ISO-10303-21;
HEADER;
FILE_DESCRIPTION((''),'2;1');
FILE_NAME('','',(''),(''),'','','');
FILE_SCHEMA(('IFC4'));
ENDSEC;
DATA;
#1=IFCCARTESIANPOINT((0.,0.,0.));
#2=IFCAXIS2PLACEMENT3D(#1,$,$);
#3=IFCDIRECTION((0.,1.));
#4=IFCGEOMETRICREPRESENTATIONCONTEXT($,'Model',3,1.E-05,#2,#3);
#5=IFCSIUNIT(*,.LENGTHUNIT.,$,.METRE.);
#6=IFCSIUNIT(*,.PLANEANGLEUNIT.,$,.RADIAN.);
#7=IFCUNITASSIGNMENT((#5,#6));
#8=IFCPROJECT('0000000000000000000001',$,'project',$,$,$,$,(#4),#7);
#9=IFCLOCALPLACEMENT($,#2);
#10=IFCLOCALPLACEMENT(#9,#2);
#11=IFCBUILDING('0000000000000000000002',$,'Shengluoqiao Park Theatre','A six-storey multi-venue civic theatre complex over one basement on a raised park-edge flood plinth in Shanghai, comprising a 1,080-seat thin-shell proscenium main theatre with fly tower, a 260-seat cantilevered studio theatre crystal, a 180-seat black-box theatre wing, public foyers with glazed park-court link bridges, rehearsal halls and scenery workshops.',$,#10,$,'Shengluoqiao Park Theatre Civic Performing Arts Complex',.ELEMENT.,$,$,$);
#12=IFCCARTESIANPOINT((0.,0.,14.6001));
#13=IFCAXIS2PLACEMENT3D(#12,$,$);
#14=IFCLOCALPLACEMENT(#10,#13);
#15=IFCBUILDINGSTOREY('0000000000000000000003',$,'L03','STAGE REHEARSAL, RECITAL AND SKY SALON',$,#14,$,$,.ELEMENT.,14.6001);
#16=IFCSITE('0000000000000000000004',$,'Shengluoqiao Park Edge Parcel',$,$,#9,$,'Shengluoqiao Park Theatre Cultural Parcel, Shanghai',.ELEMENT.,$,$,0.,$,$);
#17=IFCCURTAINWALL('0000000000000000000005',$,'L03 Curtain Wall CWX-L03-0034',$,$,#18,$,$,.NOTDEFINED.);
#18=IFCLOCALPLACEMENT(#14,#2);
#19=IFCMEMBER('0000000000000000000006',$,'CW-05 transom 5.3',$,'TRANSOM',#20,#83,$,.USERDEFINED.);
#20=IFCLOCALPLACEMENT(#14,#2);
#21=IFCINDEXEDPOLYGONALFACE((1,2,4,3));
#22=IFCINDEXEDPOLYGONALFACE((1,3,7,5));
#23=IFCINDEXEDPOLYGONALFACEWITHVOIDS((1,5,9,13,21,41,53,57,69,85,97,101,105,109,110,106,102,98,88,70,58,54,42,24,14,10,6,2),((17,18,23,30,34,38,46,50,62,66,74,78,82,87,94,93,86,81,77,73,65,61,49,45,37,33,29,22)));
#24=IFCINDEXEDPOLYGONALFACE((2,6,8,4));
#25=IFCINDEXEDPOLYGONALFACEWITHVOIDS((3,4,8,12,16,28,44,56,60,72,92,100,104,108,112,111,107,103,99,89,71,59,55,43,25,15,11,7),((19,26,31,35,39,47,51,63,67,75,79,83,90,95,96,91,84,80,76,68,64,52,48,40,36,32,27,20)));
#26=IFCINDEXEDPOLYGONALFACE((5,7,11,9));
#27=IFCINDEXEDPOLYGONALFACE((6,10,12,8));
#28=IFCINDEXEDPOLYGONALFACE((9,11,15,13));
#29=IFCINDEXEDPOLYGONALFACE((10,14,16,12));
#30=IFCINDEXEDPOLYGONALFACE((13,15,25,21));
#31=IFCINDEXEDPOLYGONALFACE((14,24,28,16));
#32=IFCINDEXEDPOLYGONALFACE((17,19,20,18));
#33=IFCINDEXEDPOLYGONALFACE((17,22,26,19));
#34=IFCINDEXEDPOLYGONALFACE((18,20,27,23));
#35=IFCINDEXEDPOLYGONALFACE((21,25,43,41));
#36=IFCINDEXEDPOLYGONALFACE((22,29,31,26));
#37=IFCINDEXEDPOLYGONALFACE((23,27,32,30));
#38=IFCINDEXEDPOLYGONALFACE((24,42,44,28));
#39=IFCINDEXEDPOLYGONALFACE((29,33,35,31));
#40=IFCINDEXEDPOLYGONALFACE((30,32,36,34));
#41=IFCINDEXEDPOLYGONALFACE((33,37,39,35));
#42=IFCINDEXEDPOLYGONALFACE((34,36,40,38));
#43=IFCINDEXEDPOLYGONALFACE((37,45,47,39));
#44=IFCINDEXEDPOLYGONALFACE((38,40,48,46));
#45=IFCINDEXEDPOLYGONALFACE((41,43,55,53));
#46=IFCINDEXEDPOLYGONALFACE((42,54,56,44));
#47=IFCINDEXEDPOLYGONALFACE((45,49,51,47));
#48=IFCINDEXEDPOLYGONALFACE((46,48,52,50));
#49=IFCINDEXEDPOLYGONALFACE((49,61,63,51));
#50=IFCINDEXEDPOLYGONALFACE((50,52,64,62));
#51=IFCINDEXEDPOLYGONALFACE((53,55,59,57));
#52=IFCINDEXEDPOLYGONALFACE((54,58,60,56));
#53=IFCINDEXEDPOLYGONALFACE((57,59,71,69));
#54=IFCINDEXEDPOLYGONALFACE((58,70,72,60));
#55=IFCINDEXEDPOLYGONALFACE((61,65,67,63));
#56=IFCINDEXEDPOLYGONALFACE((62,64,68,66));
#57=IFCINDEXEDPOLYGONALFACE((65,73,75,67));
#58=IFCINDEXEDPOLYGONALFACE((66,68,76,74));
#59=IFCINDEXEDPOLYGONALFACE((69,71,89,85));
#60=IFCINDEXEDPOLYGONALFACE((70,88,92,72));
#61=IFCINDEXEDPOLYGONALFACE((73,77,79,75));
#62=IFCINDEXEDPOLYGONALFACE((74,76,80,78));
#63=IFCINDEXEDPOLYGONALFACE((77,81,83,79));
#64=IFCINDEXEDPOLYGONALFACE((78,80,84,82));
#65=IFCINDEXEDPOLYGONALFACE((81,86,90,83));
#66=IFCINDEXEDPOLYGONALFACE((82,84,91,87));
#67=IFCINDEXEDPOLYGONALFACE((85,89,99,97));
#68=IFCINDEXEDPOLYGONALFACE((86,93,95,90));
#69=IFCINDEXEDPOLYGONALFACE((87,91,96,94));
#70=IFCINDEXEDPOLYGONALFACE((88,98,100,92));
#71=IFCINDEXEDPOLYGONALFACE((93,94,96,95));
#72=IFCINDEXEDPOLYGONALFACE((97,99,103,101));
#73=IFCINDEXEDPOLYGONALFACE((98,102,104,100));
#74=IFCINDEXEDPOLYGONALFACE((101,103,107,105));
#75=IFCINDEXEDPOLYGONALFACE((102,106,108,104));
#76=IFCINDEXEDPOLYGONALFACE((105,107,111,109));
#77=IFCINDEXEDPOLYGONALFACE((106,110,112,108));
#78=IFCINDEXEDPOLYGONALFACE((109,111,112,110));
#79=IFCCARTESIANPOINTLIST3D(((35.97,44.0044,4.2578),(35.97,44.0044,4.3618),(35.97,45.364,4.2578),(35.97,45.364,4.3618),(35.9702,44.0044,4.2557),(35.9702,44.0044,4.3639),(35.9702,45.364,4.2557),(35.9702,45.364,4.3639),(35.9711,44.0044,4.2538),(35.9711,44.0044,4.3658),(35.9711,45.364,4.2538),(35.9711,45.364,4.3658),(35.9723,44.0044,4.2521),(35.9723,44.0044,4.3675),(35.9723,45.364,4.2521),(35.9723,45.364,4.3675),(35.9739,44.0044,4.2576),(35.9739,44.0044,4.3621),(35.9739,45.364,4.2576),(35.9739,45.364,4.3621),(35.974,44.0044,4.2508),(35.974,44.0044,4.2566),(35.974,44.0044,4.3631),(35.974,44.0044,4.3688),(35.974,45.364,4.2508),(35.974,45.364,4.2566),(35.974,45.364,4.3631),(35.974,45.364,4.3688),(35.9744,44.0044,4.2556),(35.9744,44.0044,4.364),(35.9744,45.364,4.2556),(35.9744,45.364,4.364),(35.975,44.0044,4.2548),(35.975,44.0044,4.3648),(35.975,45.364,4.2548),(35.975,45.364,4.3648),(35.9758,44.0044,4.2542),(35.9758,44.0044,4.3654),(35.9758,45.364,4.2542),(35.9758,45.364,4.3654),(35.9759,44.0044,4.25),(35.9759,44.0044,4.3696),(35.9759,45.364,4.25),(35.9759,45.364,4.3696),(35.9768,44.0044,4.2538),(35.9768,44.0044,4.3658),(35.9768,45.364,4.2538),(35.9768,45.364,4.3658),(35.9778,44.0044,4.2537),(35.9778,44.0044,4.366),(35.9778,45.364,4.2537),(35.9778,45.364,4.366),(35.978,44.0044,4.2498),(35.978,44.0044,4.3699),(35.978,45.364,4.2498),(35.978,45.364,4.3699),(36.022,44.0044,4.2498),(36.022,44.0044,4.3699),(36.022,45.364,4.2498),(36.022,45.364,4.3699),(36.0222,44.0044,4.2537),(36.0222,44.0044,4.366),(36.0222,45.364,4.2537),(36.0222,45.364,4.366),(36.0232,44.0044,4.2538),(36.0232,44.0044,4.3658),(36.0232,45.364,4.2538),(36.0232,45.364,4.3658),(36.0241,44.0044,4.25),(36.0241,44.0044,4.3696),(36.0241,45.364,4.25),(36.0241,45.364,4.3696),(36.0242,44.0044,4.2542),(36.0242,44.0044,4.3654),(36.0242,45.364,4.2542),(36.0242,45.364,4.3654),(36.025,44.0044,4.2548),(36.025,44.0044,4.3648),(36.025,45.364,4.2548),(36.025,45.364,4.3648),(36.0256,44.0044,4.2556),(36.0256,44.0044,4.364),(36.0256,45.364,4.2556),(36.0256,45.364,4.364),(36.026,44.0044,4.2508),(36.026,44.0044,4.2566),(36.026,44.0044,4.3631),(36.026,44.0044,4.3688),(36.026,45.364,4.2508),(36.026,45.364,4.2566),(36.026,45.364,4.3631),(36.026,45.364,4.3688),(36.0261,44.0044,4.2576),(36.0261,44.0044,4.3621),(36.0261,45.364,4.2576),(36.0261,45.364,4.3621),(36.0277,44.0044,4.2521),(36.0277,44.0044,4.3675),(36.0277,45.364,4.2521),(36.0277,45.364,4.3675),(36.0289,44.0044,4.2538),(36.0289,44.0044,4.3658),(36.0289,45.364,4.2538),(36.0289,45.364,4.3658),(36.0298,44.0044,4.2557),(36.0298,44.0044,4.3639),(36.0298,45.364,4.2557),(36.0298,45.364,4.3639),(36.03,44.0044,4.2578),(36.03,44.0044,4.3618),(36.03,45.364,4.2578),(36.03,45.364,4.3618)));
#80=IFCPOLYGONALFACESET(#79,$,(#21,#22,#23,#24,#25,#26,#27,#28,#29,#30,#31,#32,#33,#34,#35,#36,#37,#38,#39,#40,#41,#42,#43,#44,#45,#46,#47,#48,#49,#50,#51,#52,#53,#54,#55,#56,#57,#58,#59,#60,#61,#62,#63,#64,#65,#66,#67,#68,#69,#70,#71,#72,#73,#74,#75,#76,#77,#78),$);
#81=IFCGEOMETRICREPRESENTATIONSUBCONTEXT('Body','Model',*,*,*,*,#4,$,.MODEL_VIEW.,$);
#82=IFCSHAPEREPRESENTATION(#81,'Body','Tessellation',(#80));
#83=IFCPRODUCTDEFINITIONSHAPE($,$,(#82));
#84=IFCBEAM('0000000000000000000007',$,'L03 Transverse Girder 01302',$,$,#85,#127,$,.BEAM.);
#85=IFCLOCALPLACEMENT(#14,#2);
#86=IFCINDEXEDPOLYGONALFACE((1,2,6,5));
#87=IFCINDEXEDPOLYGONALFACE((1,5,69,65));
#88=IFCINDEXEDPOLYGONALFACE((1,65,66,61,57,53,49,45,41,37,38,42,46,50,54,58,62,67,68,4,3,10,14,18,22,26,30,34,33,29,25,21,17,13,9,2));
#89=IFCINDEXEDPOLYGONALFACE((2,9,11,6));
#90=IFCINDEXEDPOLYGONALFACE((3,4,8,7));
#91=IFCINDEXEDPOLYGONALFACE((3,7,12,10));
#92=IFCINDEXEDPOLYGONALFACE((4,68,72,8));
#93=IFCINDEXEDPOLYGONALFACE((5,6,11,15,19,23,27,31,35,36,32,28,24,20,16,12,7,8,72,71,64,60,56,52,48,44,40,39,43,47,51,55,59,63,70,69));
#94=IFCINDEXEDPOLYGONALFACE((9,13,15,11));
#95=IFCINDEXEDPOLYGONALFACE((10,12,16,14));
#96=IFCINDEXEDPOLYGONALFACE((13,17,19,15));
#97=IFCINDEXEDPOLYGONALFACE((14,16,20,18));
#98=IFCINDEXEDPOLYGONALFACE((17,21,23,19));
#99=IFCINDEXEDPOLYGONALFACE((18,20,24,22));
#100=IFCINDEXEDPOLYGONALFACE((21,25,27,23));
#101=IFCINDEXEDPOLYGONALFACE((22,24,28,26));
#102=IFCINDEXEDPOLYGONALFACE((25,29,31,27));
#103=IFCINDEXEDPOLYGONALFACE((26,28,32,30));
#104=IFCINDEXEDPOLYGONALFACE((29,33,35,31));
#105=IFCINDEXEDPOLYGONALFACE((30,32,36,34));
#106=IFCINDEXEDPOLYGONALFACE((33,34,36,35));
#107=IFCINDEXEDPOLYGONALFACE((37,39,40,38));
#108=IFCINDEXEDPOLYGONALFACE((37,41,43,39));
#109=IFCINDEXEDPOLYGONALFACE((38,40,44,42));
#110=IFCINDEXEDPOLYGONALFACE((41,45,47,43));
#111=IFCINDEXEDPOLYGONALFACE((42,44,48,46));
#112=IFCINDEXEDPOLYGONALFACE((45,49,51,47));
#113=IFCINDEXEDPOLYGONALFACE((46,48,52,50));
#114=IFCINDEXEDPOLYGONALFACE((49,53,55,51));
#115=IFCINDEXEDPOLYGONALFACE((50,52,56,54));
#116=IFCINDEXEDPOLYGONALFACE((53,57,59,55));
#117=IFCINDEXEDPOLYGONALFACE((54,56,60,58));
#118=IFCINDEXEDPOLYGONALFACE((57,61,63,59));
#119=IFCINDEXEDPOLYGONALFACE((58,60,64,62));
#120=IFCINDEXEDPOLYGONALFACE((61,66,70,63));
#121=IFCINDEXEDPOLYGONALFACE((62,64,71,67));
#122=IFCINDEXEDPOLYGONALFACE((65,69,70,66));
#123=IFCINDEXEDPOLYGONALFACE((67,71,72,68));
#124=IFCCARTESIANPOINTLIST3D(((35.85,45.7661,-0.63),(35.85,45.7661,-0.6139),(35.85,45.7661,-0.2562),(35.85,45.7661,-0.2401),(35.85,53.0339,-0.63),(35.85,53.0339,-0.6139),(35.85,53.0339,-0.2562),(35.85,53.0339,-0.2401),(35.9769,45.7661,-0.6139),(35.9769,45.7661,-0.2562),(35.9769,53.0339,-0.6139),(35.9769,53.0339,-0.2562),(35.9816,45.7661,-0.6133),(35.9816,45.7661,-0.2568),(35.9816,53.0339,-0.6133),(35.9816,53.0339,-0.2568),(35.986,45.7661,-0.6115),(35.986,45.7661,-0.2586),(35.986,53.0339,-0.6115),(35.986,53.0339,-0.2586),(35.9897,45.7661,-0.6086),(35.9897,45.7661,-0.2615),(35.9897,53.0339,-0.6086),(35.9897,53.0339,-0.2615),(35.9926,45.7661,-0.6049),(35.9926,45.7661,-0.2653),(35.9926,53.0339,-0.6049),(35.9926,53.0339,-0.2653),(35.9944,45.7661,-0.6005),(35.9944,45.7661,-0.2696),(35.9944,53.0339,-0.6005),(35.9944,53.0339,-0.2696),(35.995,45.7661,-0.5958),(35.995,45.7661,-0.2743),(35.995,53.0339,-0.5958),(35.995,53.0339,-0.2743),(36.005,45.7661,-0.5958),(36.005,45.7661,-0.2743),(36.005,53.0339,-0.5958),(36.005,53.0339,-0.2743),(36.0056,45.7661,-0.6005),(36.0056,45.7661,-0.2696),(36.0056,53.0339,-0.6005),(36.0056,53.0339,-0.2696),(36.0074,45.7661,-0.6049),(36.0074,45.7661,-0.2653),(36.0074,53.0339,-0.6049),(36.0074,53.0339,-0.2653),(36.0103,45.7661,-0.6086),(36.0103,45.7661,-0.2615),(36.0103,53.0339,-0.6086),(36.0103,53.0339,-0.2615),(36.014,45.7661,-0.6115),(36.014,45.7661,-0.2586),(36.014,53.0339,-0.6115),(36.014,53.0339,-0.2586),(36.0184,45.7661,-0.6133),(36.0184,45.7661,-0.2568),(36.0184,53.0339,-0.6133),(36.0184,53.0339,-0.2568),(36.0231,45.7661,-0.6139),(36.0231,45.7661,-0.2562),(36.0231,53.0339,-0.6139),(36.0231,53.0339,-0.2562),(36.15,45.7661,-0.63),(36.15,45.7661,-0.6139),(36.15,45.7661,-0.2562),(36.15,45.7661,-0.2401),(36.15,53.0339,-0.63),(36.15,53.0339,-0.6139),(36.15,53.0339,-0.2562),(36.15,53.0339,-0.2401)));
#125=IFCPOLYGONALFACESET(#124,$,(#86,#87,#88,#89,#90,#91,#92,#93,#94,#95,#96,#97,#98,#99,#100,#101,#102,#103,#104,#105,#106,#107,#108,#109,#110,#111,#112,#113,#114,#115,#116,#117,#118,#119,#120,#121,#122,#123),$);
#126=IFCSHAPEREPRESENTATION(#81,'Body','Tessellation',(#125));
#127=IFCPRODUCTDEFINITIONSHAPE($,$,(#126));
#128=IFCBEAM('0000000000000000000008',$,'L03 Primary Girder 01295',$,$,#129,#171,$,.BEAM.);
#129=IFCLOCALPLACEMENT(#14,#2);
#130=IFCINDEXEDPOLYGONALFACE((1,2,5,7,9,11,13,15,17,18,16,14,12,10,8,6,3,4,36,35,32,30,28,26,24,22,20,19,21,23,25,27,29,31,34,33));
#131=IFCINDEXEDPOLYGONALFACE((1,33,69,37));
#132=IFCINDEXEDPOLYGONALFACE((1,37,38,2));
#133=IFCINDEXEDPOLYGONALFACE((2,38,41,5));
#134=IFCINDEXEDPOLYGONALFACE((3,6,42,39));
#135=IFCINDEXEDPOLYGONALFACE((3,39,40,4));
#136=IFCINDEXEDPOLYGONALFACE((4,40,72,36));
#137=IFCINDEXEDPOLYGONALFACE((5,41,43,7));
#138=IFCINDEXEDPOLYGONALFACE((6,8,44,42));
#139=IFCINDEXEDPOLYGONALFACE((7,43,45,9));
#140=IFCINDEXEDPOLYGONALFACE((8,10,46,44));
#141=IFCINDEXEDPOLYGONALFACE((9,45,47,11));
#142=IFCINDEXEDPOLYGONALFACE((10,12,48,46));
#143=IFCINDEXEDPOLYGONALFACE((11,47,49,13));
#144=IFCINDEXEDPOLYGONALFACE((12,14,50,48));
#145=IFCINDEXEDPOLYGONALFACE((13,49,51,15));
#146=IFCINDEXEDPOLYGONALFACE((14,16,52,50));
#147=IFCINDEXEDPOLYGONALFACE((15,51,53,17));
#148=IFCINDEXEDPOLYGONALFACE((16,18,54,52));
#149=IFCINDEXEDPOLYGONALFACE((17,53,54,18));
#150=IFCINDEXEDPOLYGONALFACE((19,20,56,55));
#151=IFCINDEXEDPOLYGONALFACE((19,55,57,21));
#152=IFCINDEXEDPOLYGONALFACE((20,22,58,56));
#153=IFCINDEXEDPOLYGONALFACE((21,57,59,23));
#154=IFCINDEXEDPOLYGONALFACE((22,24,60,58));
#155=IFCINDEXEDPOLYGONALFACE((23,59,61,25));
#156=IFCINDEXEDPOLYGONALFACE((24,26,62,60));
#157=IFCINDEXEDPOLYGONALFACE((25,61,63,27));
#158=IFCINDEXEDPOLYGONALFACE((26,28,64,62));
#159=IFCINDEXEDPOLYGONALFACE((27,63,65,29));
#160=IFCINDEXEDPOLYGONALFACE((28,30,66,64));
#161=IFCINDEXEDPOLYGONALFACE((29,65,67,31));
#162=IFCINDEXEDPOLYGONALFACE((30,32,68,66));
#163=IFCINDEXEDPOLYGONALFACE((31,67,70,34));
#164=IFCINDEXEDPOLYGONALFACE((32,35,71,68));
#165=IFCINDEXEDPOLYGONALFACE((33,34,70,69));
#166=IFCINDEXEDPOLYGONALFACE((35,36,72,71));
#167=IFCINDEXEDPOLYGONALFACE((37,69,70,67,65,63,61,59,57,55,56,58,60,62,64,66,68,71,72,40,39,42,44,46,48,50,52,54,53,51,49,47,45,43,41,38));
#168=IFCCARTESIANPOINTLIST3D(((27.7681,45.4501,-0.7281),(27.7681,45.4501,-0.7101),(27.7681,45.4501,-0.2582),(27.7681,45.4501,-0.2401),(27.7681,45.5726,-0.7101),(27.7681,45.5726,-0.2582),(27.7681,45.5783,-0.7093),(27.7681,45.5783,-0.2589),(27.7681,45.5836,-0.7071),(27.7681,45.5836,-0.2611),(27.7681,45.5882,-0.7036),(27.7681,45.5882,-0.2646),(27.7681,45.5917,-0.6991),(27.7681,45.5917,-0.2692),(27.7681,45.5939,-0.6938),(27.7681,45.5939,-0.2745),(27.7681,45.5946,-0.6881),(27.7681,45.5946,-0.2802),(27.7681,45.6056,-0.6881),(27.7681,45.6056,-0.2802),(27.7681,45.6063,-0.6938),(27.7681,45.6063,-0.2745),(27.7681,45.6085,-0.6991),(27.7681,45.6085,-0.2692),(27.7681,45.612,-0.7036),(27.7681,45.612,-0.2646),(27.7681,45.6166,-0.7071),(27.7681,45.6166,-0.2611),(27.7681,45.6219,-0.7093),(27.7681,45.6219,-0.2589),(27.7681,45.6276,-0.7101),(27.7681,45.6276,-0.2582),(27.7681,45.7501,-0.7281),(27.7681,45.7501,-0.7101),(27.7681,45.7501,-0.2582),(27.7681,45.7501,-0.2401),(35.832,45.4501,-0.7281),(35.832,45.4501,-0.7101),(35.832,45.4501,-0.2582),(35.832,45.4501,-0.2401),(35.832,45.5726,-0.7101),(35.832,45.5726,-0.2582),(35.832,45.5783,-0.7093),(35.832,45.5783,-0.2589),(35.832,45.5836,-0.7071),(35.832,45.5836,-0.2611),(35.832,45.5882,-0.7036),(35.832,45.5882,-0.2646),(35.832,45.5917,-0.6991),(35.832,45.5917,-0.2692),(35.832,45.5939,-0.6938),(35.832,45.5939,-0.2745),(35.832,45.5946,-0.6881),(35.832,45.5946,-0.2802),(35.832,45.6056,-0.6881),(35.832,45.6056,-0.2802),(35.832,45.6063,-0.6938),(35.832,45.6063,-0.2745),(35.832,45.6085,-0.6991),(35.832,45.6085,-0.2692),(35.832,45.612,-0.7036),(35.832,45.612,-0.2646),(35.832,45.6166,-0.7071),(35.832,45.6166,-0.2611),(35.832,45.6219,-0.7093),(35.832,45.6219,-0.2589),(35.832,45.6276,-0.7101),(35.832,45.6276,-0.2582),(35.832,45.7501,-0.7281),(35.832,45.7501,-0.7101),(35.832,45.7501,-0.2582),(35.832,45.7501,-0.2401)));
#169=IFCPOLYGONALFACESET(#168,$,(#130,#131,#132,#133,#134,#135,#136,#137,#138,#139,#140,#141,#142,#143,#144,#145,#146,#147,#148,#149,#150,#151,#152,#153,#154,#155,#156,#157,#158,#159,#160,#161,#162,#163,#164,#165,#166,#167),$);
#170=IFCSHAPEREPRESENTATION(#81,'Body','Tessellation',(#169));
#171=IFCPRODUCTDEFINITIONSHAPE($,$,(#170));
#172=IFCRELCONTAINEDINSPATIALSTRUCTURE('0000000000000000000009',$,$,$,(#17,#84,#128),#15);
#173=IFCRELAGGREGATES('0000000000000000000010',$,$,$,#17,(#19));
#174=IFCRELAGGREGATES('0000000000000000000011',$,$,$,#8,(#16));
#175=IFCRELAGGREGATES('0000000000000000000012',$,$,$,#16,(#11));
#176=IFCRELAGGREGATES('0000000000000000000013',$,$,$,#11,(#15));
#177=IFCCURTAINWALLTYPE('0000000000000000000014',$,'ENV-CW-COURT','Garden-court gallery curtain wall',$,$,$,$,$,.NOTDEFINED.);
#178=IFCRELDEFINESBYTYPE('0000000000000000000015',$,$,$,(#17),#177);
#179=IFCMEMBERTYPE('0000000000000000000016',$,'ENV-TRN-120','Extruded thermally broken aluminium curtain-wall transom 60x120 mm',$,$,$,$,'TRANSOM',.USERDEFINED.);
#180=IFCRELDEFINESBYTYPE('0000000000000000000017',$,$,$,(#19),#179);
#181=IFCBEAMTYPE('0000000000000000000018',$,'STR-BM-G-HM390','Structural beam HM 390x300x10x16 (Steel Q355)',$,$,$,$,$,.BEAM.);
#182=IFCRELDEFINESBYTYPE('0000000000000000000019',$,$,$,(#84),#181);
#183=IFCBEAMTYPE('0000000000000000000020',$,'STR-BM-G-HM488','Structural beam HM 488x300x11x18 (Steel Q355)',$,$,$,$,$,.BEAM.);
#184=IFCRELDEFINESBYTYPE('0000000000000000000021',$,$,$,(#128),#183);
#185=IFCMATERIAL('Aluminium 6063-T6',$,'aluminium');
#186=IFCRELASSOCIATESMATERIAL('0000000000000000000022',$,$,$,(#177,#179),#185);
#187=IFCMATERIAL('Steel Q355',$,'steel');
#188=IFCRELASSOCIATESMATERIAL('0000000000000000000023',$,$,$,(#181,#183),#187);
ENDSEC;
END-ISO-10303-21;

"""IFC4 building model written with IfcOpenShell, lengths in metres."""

from ifc_helpers import new_model, si_unit, direction, frame, origin, origin_2d, place, context, subcontext, project, spatial, hollow_rectangle, i_section, extrude, material, material_profile, profile_set, type_object, element, aggregate, save


model = new_model("IFC4")

# Units and contexts
model_context = context("Model", 3, precision=1e-05, world=origin(), true_north=direction((0.0, 1.0)))
body_context = subcontext(model_context, "Body", "Model", "MODEL_VIEW")
ifc_project = project(units=[si_unit("LENGTHUNIT", "METRE"), si_unit("PLANEANGLEUNIT", "RADIAN")], contexts=[model_context])

# Site, building, storey
site_placement = place(None, origin())
site = spatial("IfcSite", under=ifc_project, at=site_placement, Name="Shengluoqiao Park Edge Parcel", LongName="Shengluoqiao Park Theatre Cultural Parcel, Shanghai", CompositionType="ELEMENT", RefElevation=0.0)
building_placement = place(site_placement, origin())
building = spatial("IfcBuilding", under=site, at=building_placement, Name="Shengluoqiao Park Theatre", Description="A six-storey multi-venue civic theatre complex over one basement on a raised park-edge flood plinth in Shanghai, comprising a 1,080-seat thin-shell proscenium main theatre with fly tower, a 260-seat cantilevered studio theatre crystal, a 180-seat black-box theatre wing, public foyers with glazed park-court link bridges, rehearsal halls and scenery workshops.", LongName="Shengluoqiao Park Theatre Civic Performing Arts Complex", CompositionType="ELEMENT")
storey_placement = place(building_placement, frame((0.0, 0.0, 14.6001)))
storey = spatial("IfcBuildingStorey", under=building, at=storey_placement, Name="L03", Description="STAGE REHEARSAL, RECITAL AND SKY SALON", CompositionType="ELEMENT", Elevation=14.6001)

# Shared definitions
ifc_material_1 = material(Name="Steel Q355", Category="steel")

# Curtain wall, member
ifc_material_2 = material(Name="Aluminium 6063-T6", Category="aluminium")
curtain_wall_type = type_object("IfcCurtainWallType", Name="ENV-CW-COURT", Description="Garden-court gallery curtain wall", PredefinedType="NOTDEFINED", material=ifc_material_2)
curtain_wall_placement = place(storey_placement, origin())
curtain_wall = element("IfcCurtainWall", 1, at=curtain_wall_placement, inside=storey, type_object=curtain_wall_type, Name="L03 Curtain Wall CWX-L03-0034", PredefinedType="NOTDEFINED")
ifc_material_profile_1 = material_profile(ifc_material_2, hollow_rectangle(XDim=0.0601, YDim=0.1201, WallThickness=0.0039, InnerFilletRadius=0.0039, OuterFilletRadius=0.0081, at=origin_2d()), Name="ALU TRANSOM 120x60x4")
ifc_profile_set_1 = profile_set([ifc_material_profile_1], Name="Aluminium 6063-T6")
member_type_1 = type_object("IfcMemberType", Name="ENV-TRN-120", Description="Extruded thermally broken aluminium curtain-wall transom 60x120 mm", ElementType="TRANSOM", PredefinedType="USERDEFINED", material=ifc_profile_set_1)
member_1_placement = place(storey_placement, frame((36.0, 44.0044, 4.3098), z_axis=(0.0, 1.0, 0.0), x_axis=(-1.0, 0.0, 0.0)))
member_1 = element("IfcMember", 2, at=member_1_placement, type_object=member_type_1, Name="CW-05 transom 5.3", ObjectType="TRANSOM", PredefinedType="USERDEFINED", context=body_context, shape_type="SweptSolid", body=[
    extrude(hollow_rectangle(XDim=0.0601, YDim=0.1201, WallThickness=0.0039, InnerFilletRadius=0.0039, OuterFilletRadius=0.0081, at=origin_2d()), origin(), (0.0, 0.0, 1.0), 1.3596),
])

# Beams
ifc_material_profile_2 = material_profile(ifc_material_1, i_section(OverallWidth=0.3, OverallDepth=0.3899, WebThickness=0.01, FlangeThickness=0.0161, FilletRadius=0.0181, at=origin_2d()), Name="HM 390x300x10x16")
ifc_profile_set_2 = profile_set([ifc_material_profile_2], Name="Steel Q355")
beam_type_1 = type_object("IfcBeamType", Name="STR-BM-G-HM390", Description="Structural beam HM 390x300x10x16 (Steel Q355)", PredefinedType="BEAM", material=ifc_profile_set_2)
beam_1_placement = place(storey_placement, frame((36.0, 45.7661, -0.4351), z_axis=(0.0, 1.0, 0.0), x_axis=(-1.0, 0.0, 0.0)))
element("IfcBeam", 3, at=beam_1_placement, inside=storey, type_object=beam_type_1, Name="L03 Transverse Girder 01302", PredefinedType="BEAM", context=body_context, shape_type="SweptSolid", body=[
    extrude(i_section(OverallWidth=0.3, OverallDepth=0.3899, WebThickness=0.01, FlangeThickness=0.0161, FilletRadius=0.0181, at=origin_2d()), origin(), (0.0, 0.0, 1.0), 7.2678),
])
ifc_material_profile_3 = material_profile(ifc_material_1, i_section(OverallWidth=0.3, OverallDepth=0.488, WebThickness=0.011, FlangeThickness=0.0181, FilletRadius=0.022, at=origin_2d()), Name="HM 488x300x11x18")
ifc_profile_set_3 = profile_set([ifc_material_profile_3], Name="Steel Q355")
beam_type_2 = type_object("IfcBeamType", Name="STR-BM-G-HM488", Description="Structural beam HM 488x300x11x18 (Steel Q355)", PredefinedType="BEAM", material=ifc_profile_set_3)
beam_2_placement = place(storey_placement, frame((27.7681, 45.6001, -0.4841), z_axis=(1.0, 0.0, 0.0), x_axis=(0.0, 1.0, 0.0)))
element("IfcBeam", 4, at=beam_2_placement, inside=storey, type_object=beam_type_2, Name="L03 Primary Girder 01295", PredefinedType="BEAM", context=body_context, shape_type="SweptSolid", body=[
    extrude(i_section(OverallWidth=0.3, OverallDepth=0.488, WebThickness=0.011, FlangeThickness=0.0181, FilletRadius=0.022, at=origin_2d()), origin(), (0.0, 0.0, 1.0), 8.064),
])

aggregate(curtain_wall, [member_1])

save(model, "model.ifc")
